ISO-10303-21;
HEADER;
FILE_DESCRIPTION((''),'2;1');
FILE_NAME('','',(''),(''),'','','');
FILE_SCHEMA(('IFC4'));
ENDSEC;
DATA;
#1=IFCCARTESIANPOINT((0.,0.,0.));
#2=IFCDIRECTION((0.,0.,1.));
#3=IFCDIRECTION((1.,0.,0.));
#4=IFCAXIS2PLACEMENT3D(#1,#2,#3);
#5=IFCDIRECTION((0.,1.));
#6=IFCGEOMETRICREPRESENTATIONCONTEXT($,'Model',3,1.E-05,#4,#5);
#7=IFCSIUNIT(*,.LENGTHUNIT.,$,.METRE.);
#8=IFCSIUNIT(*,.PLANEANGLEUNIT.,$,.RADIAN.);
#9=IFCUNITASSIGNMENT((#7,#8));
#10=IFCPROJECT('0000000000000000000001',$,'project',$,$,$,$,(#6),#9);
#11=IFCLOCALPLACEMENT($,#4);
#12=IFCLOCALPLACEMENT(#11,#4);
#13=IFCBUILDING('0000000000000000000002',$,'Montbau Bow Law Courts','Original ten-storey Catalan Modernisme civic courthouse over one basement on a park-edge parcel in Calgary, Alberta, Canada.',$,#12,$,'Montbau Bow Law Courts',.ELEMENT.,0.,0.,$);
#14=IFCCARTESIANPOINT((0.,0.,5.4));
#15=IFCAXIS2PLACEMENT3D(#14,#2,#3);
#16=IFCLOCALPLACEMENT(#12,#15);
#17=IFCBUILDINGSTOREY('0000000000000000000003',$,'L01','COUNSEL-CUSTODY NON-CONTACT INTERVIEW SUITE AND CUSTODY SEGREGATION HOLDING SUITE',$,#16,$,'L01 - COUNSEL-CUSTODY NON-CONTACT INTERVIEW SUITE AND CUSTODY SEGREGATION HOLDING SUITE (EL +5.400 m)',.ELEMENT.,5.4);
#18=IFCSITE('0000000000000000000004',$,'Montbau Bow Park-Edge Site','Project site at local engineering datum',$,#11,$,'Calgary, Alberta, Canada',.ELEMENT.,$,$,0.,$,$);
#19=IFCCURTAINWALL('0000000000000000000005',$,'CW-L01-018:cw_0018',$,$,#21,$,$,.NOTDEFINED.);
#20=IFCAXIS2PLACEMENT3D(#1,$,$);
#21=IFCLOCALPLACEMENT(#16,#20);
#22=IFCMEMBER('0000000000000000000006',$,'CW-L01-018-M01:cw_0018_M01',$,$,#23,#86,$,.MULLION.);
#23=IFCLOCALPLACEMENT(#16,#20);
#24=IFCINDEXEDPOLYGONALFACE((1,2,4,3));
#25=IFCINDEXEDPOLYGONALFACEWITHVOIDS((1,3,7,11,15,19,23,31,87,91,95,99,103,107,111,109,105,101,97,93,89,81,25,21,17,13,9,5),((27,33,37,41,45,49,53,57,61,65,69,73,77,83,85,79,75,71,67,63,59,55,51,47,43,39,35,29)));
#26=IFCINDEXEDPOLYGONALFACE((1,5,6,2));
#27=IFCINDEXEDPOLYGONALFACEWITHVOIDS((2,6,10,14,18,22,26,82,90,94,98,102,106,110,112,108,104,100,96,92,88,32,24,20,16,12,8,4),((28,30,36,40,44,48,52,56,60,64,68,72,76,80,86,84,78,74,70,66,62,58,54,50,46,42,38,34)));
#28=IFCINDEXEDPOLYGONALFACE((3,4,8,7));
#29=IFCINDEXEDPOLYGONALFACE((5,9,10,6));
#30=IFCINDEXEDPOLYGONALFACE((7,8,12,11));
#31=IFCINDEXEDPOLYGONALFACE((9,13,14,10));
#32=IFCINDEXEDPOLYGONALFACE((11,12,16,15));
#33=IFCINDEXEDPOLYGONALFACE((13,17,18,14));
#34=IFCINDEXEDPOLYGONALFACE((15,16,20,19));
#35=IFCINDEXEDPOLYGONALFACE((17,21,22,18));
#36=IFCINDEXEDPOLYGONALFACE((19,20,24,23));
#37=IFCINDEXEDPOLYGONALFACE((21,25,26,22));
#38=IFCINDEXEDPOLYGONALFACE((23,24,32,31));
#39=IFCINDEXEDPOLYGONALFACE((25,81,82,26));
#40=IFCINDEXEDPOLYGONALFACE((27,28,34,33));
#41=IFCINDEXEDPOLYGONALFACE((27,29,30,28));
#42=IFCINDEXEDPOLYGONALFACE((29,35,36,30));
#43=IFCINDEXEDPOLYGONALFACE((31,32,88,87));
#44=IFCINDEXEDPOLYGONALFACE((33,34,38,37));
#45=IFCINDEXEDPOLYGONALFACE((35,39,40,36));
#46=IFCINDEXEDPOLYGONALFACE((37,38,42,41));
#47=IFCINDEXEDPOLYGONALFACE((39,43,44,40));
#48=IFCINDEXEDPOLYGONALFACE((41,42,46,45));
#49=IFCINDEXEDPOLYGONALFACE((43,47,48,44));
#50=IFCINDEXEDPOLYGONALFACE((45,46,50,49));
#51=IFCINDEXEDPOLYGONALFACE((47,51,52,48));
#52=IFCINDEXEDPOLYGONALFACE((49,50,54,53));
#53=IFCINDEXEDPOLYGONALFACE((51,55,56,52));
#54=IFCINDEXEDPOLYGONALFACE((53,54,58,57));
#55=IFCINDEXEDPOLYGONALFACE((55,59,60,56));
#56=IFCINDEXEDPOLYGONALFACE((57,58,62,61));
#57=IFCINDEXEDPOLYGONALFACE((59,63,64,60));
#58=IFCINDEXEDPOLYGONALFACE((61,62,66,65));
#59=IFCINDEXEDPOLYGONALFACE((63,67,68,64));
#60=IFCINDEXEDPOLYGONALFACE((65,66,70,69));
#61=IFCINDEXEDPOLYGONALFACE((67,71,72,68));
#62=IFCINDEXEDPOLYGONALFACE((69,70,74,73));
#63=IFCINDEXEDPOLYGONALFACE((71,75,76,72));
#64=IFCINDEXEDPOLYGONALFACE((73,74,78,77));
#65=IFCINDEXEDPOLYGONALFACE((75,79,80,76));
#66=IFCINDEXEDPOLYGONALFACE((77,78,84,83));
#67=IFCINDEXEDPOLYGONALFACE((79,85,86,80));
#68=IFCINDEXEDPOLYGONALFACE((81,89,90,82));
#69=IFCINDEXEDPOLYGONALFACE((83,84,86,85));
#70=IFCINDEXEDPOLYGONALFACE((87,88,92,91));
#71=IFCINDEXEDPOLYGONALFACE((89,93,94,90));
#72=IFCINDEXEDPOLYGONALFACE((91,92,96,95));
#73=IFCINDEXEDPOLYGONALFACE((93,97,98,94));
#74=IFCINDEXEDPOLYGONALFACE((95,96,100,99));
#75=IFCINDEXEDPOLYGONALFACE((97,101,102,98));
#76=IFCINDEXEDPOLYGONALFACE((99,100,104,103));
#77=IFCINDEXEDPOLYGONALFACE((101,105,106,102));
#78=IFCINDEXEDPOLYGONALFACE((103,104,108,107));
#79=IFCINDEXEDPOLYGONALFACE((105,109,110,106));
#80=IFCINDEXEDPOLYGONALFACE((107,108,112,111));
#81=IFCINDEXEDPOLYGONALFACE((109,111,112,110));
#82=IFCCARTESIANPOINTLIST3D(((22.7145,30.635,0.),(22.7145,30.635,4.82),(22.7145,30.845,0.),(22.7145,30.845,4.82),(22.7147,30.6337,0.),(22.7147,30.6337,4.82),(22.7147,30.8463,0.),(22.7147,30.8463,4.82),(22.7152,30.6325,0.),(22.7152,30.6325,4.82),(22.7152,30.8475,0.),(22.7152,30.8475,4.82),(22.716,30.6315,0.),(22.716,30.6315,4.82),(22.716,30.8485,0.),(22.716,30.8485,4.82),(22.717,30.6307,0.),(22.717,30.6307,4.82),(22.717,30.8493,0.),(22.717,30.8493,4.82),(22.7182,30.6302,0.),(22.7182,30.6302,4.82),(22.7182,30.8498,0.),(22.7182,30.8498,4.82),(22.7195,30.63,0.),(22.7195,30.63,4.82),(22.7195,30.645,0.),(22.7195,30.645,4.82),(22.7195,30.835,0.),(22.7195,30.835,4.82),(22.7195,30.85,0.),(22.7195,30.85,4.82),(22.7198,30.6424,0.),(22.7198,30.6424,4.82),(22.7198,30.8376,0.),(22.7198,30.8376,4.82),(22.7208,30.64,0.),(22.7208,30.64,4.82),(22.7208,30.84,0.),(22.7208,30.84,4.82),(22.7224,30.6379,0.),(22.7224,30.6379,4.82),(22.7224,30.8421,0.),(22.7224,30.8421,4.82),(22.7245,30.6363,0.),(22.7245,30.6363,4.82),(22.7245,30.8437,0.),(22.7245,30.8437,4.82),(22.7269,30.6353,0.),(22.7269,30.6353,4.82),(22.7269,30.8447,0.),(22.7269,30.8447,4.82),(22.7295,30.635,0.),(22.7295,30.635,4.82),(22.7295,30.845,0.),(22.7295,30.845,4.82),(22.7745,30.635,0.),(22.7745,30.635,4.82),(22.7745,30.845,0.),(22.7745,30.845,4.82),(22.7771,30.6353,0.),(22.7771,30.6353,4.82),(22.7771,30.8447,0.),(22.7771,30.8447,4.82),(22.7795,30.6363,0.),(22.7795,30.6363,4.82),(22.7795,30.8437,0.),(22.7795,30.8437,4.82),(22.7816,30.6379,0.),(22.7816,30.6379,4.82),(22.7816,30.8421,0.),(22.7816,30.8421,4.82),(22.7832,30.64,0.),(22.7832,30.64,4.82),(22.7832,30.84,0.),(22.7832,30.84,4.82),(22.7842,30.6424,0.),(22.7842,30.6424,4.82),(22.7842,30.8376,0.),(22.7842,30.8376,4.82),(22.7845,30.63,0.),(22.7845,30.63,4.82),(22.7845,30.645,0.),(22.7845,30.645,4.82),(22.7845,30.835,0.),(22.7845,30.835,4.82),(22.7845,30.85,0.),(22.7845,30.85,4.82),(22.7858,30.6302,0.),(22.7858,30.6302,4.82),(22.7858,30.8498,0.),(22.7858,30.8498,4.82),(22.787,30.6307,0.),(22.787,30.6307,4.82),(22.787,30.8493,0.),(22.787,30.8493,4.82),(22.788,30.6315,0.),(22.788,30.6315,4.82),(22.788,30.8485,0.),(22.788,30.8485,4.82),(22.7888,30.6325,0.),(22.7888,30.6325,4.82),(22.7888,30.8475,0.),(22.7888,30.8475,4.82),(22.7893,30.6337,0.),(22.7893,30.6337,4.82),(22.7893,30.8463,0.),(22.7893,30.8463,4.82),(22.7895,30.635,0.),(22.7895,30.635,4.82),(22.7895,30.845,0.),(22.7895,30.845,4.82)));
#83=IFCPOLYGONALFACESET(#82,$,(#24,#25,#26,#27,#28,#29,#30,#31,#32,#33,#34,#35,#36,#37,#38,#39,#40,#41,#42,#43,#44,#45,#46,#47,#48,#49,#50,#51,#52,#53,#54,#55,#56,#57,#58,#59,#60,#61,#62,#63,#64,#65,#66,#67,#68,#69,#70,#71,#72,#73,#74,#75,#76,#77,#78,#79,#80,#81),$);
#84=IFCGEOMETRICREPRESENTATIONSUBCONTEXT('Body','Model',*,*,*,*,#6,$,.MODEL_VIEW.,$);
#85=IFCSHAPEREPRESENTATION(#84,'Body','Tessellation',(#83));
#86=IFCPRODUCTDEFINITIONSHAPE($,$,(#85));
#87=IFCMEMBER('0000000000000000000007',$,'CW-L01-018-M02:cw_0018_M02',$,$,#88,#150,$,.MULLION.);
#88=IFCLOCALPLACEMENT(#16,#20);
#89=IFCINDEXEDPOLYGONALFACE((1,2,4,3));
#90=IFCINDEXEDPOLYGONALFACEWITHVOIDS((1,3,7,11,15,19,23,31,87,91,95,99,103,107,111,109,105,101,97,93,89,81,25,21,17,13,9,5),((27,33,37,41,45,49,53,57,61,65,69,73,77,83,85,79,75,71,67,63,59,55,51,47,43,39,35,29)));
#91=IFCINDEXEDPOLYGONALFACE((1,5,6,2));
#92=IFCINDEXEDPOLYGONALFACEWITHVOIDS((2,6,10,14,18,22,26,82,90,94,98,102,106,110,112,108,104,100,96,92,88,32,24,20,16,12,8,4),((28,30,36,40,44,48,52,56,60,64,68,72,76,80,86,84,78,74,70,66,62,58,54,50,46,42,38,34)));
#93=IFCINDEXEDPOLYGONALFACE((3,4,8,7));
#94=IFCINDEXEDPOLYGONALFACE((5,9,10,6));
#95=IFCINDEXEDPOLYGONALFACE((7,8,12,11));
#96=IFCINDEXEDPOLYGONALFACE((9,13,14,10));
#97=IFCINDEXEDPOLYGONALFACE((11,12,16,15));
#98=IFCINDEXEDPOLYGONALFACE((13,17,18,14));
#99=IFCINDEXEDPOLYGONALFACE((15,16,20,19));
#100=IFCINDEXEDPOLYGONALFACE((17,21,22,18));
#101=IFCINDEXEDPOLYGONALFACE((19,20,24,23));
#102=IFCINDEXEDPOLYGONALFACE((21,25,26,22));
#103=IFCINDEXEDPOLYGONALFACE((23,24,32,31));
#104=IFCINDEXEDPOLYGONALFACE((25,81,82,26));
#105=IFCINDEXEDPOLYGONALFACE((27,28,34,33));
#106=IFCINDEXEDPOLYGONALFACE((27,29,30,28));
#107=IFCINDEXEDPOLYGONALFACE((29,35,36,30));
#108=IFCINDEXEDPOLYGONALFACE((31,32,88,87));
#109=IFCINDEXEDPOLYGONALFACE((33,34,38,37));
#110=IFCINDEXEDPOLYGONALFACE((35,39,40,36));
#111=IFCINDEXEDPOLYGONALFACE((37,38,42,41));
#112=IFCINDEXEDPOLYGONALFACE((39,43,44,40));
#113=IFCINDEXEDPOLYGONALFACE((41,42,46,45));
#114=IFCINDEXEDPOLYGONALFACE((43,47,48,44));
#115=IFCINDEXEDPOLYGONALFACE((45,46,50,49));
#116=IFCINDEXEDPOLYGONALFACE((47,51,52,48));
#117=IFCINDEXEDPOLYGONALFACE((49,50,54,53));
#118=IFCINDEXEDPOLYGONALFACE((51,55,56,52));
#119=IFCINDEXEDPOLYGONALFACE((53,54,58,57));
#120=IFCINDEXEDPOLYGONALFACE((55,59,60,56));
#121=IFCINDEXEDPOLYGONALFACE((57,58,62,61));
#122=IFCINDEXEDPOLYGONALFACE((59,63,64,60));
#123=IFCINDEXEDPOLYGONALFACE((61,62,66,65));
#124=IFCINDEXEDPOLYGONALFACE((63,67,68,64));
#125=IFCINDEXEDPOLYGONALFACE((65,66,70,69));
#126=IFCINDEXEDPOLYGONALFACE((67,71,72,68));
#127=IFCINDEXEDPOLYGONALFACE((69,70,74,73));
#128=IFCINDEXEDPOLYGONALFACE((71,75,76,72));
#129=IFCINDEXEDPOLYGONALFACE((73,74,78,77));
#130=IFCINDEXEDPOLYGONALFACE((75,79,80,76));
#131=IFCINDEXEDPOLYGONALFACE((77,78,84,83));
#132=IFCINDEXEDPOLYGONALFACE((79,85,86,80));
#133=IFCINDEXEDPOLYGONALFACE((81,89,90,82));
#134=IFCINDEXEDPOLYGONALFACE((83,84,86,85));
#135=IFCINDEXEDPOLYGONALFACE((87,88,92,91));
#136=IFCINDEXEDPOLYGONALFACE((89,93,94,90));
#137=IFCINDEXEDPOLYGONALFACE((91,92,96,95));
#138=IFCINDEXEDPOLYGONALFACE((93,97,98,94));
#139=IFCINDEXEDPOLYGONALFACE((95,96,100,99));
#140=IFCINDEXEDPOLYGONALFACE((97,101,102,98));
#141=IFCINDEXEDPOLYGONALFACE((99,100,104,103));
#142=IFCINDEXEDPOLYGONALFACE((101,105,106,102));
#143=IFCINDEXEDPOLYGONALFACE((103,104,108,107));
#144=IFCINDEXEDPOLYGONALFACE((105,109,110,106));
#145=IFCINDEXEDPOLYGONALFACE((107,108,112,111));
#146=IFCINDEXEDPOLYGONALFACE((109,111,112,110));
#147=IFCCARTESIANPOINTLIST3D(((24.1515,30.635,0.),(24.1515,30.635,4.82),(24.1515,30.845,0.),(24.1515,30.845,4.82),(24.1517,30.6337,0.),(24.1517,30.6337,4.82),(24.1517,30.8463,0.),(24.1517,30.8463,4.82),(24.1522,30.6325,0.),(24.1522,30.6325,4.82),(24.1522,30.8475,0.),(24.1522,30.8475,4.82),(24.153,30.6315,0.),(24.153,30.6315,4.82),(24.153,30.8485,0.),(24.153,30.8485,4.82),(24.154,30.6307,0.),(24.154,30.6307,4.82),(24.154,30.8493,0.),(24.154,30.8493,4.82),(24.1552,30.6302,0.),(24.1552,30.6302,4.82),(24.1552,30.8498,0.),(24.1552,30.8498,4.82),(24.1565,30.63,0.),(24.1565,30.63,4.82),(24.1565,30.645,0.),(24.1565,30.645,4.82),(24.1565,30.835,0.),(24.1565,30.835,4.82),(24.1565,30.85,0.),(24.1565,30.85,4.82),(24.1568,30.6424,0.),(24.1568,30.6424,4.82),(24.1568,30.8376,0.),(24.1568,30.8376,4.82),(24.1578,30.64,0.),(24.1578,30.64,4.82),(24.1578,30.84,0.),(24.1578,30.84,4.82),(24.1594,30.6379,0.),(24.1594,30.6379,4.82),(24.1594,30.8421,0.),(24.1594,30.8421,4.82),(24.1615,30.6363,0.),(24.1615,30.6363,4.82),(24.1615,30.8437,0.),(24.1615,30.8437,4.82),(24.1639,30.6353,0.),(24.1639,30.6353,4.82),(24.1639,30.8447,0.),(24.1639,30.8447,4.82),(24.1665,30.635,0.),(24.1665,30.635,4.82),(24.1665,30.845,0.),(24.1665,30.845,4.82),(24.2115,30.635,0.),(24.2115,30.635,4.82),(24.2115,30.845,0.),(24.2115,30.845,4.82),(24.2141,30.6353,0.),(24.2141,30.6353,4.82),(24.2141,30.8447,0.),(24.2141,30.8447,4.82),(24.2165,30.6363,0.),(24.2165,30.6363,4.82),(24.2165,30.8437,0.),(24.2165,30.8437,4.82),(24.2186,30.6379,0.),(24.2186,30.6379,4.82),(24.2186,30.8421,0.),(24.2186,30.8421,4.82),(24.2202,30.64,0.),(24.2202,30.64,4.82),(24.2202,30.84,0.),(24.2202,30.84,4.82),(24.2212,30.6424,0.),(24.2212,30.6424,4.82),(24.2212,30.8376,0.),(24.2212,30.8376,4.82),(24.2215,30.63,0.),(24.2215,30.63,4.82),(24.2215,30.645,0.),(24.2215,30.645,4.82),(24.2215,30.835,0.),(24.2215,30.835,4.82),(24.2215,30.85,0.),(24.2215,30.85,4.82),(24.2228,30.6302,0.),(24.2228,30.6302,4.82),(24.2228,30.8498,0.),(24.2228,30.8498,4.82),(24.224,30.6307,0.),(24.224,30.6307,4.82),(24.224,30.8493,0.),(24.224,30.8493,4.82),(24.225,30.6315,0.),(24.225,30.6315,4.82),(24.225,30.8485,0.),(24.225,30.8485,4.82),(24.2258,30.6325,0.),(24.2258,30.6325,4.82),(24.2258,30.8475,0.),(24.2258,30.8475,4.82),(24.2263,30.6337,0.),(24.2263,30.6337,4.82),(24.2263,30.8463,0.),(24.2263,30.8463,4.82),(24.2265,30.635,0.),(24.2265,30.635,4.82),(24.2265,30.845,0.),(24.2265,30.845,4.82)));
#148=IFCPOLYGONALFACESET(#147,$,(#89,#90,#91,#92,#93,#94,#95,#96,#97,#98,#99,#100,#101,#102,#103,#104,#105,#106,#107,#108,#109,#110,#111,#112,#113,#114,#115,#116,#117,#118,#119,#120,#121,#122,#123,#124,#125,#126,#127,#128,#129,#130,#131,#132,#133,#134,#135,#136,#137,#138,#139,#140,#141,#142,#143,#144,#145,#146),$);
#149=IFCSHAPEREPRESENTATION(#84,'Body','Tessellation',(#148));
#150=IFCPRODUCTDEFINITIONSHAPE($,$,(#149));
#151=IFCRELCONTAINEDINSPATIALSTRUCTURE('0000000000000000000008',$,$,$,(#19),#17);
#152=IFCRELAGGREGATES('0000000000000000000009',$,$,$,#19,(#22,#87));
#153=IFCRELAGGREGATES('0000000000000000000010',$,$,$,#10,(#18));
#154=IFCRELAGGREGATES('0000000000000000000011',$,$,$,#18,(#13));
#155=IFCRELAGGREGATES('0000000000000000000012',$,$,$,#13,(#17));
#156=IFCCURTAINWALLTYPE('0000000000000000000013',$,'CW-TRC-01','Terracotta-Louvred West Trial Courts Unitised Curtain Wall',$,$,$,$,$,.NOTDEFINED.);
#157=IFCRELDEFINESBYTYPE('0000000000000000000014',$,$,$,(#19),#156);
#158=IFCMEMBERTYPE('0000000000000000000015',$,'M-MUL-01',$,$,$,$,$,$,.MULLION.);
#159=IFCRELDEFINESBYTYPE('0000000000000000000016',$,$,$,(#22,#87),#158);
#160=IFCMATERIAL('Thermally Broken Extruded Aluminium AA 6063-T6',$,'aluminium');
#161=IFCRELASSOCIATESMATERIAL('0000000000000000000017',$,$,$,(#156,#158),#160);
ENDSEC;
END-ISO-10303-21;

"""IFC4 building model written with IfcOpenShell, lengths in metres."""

from ifc_helpers import new_model, si_unit, direction, frame, origin_with_axes, origin_2d_with_axis, place, context, subcontext, project, spatial, hollow_rectangle, extrude, material, material_profile, profile_set, type_object, element, aggregate, save


model = new_model("IFC4")

# Units and contexts
model_context = context("Model", 3, precision=1e-05, world=origin_with_axes(), true_north=direction((0.0, 1.0)))
body_context = subcontext(model_context, "Body", "Model", "MODEL_VIEW")
ifc_project = project(units=[si_unit("LENGTHUNIT", "METRE"), si_unit("PLANEANGLEUNIT", "RADIAN")], contexts=[model_context])

# Site, building, storey
site_placement = place(None, origin_with_axes())
site = spatial("IfcSite", under=ifc_project, at=site_placement, Name="Montbau Bow Park-Edge Site", Description="Project site at local engineering datum", LongName="Calgary, Alberta, Canada", CompositionType="ELEMENT", RefElevation=0.0)
building_placement = place(site_placement, origin_with_axes())
building = spatial("IfcBuilding", under=site, at=building_placement, Name="Montbau Bow Law Courts", Description="Original ten-storey Catalan Modernisme civic courthouse over one basement on a park-edge parcel in Calgary, Alberta, Canada.", LongName="Montbau Bow Law Courts", CompositionType="ELEMENT", ElevationOfRefHeight=0.0, ElevationOfTerrain=0.0)
storey_placement = place(building_placement, frame((0.0, 0.0, 5.4), z_axis=(0.0, 0.0, 1.0), x_axis=(1.0, 0.0, 0.0)))
storey = spatial("IfcBuildingStorey", under=building, at=storey_placement, Name="L01", Description="COUNSEL-CUSTODY NON-CONTACT INTERVIEW SUITE AND CUSTODY SEGREGATION HOLDING SUITE", LongName="L01 - COUNSEL-CUSTODY NON-CONTACT INTERVIEW SUITE AND CUSTODY SEGREGATION HOLDING SUITE (EL +5.400 m)", CompositionType="ELEMENT", Elevation=5.4)

# Curtain wall, members
ifc_material_1 = material(Name="Thermally Broken Extruded Aluminium AA 6063-T6", Category="aluminium")
curtain_wall_type = type_object("IfcCurtainWallType", Name="CW-TRC-01", Description="Terracotta-Louvred West Trial Courts Unitised Curtain Wall", PredefinedType="NOTDEFINED", material=ifc_material_1)
curtain_wall_1_placement = place(None, frame((22.715, 30.74, 5.4), z_axis=(0.0, 0.0, 1.0), x_axis=(1.0, 0.0, 0.0)))
curtain_wall_1 = element("IfcCurtainWall", 1, at=curtain_wall_1_placement, inside=storey, type_object=curtain_wall_type, Name="CW-L01-018:cw_0018", PredefinedType="NOTDEFINED")
ifc_material_profile_1 = material_profile(ifc_material_1, hollow_rectangle(XDim=0.075, YDim=0.22, WallThickness=0.005, InnerFilletRadius=0.01, OuterFilletRadius=0.005, at=origin_2d_with_axis()), Name="CWM-220X75", Category="Main", Priority=0)
ifc_profile_set_1 = profile_set([ifc_material_profile_1], Name="Thermally Broken Extruded Aluminium AA 6063-T6")
member_type_1 = type_object("IfcMemberType", Name="M-MUL-01", PredefinedType="MULLION", material=ifc_profile_set_1)
member_1_placement = place(None, frame((22.752, 30.74, 5.4), z_axis=(0.0, 0.0, 1.0), x_axis=(1.0, 0.0, 0.0)))
member_1 = element("IfcMember", 2, at=member_1_placement, type_object=member_type_1, Name="CW-L01-018-M01:cw_0018_M01", PredefinedType="MULLION", context=body_context, shape_type="SweptSolid", body=[
    extrude(hollow_rectangle(XDim=0.075, YDim=0.22, WallThickness=0.005, InnerFilletRadius=0.01, OuterFilletRadius=0.005, at=origin_2d_with_axis()), origin_with_axes(), (0.0, 0.0, 1.0), 4.82),
])
member_2_placement = place(None, frame((24.189, 30.74, 5.4), z_axis=(0.0, 0.0, 1.0), x_axis=(1.0, 0.0, 0.0)))
member_2 = element("IfcMember", 3, at=member_2_placement, type_object=member_type_1, Name="CW-L01-018-M02:cw_0018_M02", PredefinedType="MULLION", context=body_context, shape_type="SweptSolid", body=[
    extrude(hollow_rectangle(XDim=0.075, YDim=0.22, WallThickness=0.005, InnerFilletRadius=0.01, OuterFilletRadius=0.005, at=origin_2d_with_axis()), origin_with_axes(), (0.0, 0.0, 1.0), 4.82),
])

aggregate(curtain_wall_1, [member_1, member_2])

save(model, "model.ifc")
